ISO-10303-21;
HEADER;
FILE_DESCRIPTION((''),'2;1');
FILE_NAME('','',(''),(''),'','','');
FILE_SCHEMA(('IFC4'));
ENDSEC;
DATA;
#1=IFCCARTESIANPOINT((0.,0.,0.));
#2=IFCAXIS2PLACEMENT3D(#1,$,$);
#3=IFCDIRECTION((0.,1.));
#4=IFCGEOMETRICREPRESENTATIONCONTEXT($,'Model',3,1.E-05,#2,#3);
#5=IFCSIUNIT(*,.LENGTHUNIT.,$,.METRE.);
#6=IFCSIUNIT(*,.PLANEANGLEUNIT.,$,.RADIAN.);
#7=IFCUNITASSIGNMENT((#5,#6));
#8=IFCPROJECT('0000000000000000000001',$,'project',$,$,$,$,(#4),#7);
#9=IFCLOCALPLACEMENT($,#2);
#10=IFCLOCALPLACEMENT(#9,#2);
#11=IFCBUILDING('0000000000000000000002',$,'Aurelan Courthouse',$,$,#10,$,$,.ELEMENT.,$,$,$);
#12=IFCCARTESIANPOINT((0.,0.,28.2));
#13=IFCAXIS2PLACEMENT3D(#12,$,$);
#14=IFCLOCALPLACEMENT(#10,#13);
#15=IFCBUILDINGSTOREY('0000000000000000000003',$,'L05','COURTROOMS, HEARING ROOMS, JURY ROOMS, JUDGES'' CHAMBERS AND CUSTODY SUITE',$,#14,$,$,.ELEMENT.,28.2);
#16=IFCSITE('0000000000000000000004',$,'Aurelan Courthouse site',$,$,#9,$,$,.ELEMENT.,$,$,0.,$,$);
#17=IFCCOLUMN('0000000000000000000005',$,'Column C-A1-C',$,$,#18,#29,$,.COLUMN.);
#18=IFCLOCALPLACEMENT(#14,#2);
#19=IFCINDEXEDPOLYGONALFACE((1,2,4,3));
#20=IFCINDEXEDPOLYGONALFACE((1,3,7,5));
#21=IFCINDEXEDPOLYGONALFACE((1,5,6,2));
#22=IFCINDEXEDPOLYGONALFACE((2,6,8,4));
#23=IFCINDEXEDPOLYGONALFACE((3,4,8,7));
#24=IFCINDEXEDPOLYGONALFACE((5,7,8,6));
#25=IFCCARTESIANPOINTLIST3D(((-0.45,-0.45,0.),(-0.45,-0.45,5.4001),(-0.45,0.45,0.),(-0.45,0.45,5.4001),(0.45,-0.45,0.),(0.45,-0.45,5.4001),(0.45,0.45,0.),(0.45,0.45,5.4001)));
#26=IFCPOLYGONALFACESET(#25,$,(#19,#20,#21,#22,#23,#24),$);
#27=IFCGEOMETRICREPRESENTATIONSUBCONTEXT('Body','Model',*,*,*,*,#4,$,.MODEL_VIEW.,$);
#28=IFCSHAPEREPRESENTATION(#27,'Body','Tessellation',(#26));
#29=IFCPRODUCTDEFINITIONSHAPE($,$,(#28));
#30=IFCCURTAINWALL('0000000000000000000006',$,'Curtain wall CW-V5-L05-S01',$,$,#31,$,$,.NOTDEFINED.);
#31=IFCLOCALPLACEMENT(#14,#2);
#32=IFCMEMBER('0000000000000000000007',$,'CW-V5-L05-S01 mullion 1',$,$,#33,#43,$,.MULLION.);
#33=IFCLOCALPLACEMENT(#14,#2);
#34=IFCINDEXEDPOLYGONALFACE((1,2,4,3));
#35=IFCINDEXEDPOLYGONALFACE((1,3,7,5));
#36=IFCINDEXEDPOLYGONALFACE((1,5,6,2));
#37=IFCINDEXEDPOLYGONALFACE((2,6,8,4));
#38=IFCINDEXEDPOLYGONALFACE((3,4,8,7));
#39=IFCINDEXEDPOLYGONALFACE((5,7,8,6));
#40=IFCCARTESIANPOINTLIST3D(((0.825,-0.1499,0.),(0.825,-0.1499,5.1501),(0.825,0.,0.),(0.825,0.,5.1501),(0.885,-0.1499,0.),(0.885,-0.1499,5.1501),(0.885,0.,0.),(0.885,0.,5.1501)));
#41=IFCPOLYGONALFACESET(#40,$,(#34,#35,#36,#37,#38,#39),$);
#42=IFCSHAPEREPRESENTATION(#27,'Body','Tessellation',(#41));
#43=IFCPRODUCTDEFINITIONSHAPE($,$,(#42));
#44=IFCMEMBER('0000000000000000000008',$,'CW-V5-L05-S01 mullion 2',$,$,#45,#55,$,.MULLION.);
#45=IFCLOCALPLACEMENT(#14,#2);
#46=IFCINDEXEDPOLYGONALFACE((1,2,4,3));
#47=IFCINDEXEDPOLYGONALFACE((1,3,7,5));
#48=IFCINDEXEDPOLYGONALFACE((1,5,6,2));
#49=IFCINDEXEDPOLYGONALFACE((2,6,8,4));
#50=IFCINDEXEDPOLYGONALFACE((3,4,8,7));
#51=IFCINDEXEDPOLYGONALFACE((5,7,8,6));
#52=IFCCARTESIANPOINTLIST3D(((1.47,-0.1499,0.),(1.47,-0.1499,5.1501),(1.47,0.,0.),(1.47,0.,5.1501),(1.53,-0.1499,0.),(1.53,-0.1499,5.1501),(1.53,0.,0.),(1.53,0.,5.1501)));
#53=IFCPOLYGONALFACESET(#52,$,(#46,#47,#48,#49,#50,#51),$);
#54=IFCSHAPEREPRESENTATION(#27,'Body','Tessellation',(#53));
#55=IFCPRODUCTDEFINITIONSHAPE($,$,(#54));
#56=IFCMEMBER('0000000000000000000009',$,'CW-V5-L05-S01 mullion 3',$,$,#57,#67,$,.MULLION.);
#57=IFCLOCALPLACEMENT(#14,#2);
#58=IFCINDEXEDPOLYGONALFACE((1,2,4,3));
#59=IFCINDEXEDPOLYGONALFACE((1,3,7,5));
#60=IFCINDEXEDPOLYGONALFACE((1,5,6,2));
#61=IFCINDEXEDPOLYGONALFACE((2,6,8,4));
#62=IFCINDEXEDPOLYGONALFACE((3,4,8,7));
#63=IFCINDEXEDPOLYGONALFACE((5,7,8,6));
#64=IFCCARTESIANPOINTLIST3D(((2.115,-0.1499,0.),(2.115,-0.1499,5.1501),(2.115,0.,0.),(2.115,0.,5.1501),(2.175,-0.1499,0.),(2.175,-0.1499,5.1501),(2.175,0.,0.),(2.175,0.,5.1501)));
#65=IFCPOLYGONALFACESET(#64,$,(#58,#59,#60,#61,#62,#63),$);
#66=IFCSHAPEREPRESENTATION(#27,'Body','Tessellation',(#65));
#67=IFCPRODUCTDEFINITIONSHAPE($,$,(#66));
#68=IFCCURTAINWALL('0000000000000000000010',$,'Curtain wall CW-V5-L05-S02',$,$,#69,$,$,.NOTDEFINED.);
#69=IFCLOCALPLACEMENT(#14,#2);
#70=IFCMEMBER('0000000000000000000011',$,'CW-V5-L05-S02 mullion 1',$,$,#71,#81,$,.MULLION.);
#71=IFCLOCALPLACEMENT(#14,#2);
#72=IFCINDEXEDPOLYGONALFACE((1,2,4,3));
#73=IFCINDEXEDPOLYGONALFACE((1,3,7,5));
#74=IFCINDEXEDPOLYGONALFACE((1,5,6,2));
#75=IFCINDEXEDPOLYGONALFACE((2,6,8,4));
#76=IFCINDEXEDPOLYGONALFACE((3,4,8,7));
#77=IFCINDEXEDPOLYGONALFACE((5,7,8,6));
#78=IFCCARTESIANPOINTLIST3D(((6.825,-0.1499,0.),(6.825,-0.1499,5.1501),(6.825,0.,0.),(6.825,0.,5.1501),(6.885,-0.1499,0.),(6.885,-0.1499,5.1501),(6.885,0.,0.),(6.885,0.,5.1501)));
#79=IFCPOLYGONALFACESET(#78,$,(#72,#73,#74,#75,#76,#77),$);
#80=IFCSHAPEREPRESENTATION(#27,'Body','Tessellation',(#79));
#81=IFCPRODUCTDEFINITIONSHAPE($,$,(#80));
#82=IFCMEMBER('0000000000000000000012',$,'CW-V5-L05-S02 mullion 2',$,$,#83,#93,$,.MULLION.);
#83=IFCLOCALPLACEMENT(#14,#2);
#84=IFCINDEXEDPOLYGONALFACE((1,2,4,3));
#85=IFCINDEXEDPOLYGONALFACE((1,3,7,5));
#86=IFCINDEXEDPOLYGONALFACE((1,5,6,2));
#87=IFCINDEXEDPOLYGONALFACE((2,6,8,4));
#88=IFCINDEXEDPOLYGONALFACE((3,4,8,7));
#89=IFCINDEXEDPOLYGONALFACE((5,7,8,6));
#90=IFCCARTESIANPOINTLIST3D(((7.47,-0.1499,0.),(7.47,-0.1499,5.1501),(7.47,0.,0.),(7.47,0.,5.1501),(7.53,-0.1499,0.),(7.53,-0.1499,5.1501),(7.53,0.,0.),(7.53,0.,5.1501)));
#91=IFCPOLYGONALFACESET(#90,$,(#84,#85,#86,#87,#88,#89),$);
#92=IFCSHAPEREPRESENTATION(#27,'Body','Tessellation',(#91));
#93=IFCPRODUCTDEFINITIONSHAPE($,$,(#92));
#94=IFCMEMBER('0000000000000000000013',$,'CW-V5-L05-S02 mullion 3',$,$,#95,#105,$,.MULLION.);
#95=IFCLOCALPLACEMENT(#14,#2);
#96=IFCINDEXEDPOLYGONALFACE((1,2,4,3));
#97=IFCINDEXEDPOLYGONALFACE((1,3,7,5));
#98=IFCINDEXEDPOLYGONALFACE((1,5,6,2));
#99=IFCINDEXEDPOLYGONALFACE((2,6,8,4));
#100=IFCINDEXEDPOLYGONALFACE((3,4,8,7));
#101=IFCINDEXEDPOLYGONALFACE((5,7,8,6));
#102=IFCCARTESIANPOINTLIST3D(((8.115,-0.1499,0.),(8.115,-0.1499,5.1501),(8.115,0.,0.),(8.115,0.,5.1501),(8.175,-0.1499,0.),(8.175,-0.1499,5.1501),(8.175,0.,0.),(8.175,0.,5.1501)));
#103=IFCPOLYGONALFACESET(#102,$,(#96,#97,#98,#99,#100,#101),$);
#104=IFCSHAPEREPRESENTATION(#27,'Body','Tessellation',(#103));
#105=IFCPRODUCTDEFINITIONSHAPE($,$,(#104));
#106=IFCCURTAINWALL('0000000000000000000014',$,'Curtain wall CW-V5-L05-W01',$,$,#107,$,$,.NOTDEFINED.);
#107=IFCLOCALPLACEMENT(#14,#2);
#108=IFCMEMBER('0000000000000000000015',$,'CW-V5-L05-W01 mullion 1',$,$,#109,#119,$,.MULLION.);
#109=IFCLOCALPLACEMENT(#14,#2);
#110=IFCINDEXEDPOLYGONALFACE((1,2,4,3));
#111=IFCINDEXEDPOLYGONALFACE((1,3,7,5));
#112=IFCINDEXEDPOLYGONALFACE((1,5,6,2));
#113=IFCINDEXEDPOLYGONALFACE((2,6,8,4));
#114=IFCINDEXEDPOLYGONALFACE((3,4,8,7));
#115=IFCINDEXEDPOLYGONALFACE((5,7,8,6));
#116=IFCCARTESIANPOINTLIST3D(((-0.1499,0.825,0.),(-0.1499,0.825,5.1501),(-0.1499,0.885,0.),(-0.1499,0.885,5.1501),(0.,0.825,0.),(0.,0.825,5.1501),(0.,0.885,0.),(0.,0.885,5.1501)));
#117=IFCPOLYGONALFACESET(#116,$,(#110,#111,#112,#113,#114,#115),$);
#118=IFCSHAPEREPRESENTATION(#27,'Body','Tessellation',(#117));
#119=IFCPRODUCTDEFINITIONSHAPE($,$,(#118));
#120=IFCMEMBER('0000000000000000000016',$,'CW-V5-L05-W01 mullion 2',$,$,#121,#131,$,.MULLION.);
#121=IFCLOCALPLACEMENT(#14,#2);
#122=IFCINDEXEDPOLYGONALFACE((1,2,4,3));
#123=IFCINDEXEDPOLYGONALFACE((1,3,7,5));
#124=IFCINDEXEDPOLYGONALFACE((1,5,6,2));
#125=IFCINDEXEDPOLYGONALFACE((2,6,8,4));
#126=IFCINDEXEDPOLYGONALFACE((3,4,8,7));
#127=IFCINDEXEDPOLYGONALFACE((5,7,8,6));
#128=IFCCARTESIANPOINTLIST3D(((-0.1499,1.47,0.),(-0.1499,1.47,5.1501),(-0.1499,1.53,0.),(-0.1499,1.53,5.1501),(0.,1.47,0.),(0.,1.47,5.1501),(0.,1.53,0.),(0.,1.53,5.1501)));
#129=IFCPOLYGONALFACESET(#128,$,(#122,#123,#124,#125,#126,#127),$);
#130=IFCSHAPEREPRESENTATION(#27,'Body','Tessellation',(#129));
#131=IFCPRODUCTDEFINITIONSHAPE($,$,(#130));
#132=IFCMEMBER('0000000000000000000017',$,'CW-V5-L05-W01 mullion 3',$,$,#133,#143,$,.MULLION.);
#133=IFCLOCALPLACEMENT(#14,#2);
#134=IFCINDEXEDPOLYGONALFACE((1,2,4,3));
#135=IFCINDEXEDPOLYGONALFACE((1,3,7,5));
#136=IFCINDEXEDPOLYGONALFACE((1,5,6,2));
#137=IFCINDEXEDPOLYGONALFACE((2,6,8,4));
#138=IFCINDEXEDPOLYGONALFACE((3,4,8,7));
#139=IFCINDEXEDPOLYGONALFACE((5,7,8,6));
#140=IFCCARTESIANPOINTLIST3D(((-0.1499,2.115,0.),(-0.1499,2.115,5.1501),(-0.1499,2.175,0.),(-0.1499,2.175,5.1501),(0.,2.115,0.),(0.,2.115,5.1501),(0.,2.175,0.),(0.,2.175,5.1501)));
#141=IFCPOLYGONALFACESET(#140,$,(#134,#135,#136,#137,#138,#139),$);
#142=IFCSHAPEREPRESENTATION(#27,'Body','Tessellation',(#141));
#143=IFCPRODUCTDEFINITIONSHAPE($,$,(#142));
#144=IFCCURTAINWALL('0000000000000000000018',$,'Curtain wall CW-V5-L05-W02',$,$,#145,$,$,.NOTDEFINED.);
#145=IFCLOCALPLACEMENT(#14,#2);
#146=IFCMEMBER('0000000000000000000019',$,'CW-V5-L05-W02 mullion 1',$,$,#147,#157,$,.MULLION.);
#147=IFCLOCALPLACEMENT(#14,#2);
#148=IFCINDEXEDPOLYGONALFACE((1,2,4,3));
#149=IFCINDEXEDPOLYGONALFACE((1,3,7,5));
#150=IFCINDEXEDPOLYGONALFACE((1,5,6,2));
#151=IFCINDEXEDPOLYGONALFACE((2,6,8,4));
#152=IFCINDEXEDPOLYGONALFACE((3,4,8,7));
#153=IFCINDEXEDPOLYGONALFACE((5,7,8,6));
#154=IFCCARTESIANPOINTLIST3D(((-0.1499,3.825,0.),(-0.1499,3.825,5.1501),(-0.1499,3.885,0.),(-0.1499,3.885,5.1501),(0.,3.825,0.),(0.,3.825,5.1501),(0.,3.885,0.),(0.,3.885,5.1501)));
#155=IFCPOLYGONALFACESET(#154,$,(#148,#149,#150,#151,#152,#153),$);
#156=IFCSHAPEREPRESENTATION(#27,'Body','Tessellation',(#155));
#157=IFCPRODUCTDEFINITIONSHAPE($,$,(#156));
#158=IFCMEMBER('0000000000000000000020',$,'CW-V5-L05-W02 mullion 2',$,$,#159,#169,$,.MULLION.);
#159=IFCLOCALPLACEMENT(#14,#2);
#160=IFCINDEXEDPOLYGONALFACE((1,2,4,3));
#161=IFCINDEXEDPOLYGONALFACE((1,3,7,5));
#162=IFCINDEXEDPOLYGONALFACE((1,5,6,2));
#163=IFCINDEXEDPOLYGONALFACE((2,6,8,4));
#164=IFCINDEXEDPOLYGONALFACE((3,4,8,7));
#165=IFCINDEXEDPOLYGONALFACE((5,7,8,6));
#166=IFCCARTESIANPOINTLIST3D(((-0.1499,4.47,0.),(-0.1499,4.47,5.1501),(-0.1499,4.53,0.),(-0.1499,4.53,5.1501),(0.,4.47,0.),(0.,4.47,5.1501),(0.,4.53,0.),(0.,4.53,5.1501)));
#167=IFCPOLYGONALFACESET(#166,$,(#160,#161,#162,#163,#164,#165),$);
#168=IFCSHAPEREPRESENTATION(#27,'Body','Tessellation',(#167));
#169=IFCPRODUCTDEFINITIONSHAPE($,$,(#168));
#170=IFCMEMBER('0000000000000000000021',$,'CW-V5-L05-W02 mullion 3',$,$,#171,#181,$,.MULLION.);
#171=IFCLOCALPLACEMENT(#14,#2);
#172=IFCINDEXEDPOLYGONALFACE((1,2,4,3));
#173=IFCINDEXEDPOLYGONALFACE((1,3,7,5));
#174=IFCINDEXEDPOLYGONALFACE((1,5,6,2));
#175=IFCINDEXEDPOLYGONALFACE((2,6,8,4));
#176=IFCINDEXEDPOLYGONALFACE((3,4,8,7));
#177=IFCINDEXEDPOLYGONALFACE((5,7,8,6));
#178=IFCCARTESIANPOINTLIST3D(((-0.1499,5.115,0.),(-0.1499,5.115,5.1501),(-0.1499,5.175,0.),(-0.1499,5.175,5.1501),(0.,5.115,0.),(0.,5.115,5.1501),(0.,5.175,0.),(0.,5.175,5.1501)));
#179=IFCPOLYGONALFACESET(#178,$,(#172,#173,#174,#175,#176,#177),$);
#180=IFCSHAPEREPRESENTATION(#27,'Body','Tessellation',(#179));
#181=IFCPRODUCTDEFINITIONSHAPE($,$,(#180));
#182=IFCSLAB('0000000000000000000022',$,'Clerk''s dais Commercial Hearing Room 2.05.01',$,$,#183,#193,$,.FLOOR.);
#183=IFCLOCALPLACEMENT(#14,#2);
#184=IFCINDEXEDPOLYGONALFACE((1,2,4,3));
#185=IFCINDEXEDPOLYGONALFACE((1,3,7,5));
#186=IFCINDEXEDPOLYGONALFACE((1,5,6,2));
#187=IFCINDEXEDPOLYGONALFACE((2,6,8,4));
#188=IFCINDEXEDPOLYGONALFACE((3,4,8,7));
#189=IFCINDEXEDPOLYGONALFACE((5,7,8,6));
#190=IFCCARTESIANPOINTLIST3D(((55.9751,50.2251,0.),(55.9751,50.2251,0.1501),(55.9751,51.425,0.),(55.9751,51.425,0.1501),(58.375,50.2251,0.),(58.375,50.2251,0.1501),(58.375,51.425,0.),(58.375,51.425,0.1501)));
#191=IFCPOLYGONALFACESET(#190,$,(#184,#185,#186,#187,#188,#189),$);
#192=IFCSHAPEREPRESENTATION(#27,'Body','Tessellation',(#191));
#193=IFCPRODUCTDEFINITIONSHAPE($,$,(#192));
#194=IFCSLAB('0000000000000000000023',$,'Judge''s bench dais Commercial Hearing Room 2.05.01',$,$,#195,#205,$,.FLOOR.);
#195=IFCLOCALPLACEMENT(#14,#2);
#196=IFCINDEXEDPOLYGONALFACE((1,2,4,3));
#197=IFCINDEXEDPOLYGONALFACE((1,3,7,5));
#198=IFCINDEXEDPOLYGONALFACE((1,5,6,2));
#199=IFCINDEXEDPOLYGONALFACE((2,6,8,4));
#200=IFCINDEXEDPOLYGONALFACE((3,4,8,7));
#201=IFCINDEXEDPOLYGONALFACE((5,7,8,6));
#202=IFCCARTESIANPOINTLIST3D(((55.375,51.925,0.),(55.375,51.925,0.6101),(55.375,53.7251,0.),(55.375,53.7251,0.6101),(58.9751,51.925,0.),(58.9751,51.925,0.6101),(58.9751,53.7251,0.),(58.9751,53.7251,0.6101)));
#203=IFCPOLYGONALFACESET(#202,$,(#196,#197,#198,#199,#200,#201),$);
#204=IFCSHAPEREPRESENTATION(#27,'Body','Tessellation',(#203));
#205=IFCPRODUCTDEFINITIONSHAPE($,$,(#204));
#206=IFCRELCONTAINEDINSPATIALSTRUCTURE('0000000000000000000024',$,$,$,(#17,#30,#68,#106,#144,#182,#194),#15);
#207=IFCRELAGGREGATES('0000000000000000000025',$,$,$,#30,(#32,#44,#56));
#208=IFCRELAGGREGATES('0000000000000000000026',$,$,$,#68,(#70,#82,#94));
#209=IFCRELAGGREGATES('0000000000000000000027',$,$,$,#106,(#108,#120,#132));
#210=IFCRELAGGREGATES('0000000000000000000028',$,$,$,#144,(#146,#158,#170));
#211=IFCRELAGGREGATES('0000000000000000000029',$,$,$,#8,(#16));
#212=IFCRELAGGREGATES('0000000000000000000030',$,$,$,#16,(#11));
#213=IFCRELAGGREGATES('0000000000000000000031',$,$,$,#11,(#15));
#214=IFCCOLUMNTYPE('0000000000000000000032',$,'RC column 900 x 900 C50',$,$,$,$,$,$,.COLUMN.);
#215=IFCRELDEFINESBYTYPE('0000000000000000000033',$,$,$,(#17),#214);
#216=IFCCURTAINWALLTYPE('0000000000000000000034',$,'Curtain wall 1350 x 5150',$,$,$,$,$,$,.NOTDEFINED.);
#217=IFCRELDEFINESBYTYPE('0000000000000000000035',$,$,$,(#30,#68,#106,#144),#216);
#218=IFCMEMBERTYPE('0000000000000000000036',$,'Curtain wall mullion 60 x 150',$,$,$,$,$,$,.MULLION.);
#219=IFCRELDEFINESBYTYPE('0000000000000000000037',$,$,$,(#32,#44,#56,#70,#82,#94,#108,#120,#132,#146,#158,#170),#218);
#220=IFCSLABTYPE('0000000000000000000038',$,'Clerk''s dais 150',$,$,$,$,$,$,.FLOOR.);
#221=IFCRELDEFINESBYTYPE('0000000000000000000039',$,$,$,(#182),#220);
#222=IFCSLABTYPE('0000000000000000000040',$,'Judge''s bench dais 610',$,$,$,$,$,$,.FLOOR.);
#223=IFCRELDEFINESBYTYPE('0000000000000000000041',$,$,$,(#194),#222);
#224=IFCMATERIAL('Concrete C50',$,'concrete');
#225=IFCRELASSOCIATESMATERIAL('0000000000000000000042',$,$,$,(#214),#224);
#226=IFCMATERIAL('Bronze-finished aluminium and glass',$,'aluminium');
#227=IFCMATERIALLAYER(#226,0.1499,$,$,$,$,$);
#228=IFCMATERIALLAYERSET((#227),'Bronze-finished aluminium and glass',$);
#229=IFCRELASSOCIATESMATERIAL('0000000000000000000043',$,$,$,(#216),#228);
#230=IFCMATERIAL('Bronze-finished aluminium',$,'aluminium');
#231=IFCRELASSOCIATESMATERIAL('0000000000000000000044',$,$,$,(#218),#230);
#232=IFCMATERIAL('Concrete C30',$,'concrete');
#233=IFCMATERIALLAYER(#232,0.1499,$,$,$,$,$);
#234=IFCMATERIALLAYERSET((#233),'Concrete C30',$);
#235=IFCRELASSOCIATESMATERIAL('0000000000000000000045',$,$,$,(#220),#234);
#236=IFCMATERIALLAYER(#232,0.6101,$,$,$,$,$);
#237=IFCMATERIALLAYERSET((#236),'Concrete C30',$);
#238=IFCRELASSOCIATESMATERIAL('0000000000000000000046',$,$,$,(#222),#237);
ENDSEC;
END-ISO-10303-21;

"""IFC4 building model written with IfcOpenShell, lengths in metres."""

from ifc_helpers import new_model, si_unit, direction, frame, origin, origin_with_axes, origin_2d, place, context, subcontext, project, spatial, polyline, rectangle, outline, extrude, material, layer, layer_set, material_profile, profile_set, type_object, element, aggregate, save


model = new_model("IFC4")

# Units and contexts
model_context = context("Model", 3, precision=1e-05, world=origin(), true_north=direction((0.0, 1.0)))
body_context = subcontext(model_context, "Body", "Model", "MODEL_VIEW")
ifc_project = project(units=[si_unit("LENGTHUNIT", "METRE"), si_unit("PLANEANGLEUNIT", "RADIAN")], contexts=[model_context])

# Site, building, storey
site_placement = place(None, origin())
site = spatial("IfcSite", under=ifc_project, at=site_placement, Name="Aurelan Courthouse site", CompositionType="ELEMENT", RefElevation=0.0)
building_placement = place(site_placement, origin())
building = spatial("IfcBuilding", under=site, at=building_placement, Name="Aurelan Courthouse", CompositionType="ELEMENT")
storey_placement = place(building_placement, frame((0.0, 0.0, 28.2)))
storey = spatial("IfcBuildingStorey", under=building, at=storey_placement, Name="L05", Description="COURTROOMS, HEARING ROOMS, JURY ROOMS, JUDGES' CHAMBERS AND CUSTODY SUITE", CompositionType="ELEMENT", Elevation=28.2)

# Column
ifc_material_1 = material(Name="Concrete C50", Category="concrete")
ifc_material_profile_1 = material_profile(ifc_material_1, rectangle(XDim=0.8999, YDim=0.8999, at=origin_2d()), Name="RC 900 x 900")
ifc_profile_set_1 = profile_set([ifc_material_profile_1], Name="Concrete C50")
column_type = type_object("IfcColumnType", Name="RC column 900 x 900 C50", PredefinedType="COLUMN", material=ifc_profile_set_1)
column_placement = place(storey_placement, origin_with_axes())
element("IfcColumn", 1, at=column_placement, inside=storey, type_object=column_type, Name="Column C-A1-C", PredefinedType="COLUMN", context=body_context, shape_type="SweptSolid", body=[
    extrude(rectangle(XDim=0.8999, YDim=0.8999, at=origin_2d()), origin(), (0.0, 0.0, 1.0), 5.4001),
])

# Curtain walls, members
ifc_material_2 = material(Name="Bronze-finished aluminium and glass", Category="aluminium")
ifc_layer_1 = layer(ifc_material_2, 0.1499)
ifc_layer_set_1 = layer_set([ifc_layer_1], Name="Bronze-finished aluminium and glass")
curtain_wall_type = type_object("IfcCurtainWallType", Name="Curtain wall 1350 x 5150", PredefinedType="NOTDEFINED", material=ifc_layer_set_1)
curtain_wall_1_placement = place(storey_placement, origin())
curtain_wall_1 = element("IfcCurtainWall", 2, at=curtain_wall_1_placement, inside=storey, type_object=curtain_wall_type, Name="Curtain wall CW-V5-L05-S01", PredefinedType="NOTDEFINED")
ifc_material_3 = material(Name="Bronze-finished aluminium", Category="aluminium")
ifc_material_profile_2 = material_profile(ifc_material_3, rectangle(XDim=0.1499, YDim=0.0601, at=origin_2d()), Name="Bronze mullion 60 x 150")
ifc_profile_set_2 = profile_set([ifc_material_profile_2], Name="Bronze-finished aluminium")
member_type = type_object("IfcMemberType", Name="Curtain wall mullion 60 x 150", PredefinedType="MULLION", material=ifc_profile_set_2)
member_1_placement = place(storey_placement, frame((0.855, -0.075, 0.0), z_axis=(0.0, 0.0, 1.0), x_axis=(0.0, 1.0, 0.0)))
member_1 = element("IfcMember", 3, at=member_1_placement, type_object=member_type, Name="CW-V5-L05-S01 mullion 1", PredefinedType="MULLION", context=body_context, shape_type="SweptSolid", body=[
    extrude(rectangle(XDim=0.1499, YDim=0.0601, at=origin_2d()), origin(), (0.0, 0.0, 1.0), 5.1501),
])
member_2_placement = place(storey_placement, frame((1.5, -0.075, 0.0), z_axis=(0.0, 0.0, 1.0), x_axis=(0.0, 1.0, 0.0)))
member_2 = element("IfcMember", 4, at=member_2_placement, type_object=member_type, Name="CW-V5-L05-S01 mullion 2", PredefinedType="MULLION", context=body_context, shape_type="SweptSolid", body=[
    extrude(rectangle(XDim=0.1499, YDim=0.0601, at=origin_2d()), origin(), (0.0, 0.0, 1.0), 5.1501),
])
member_3_placement = place(storey_placement, frame((2.145, -0.075, 0.0), z_axis=(0.0, 0.0, 1.0), x_axis=(0.0, 1.0, 0.0)))
member_3 = element("IfcMember", 5, at=member_3_placement, type_object=member_type, Name="CW-V5-L05-S01 mullion 3", PredefinedType="MULLION", context=body_context, shape_type="SweptSolid", body=[
    extrude(rectangle(XDim=0.1499, YDim=0.0601, at=origin_2d()), origin(), (0.0, 0.0, 1.0), 5.1501),
])
aggregate(curtain_wall_1, [member_1, member_2, member_3])
curtain_wall_2_placement = place(storey_placement, origin())
curtain_wall_2 = element("IfcCurtainWall", 6, at=curtain_wall_2_placement, inside=storey, type_object=curtain_wall_type, Name="Curtain wall CW-V5-L05-S02", PredefinedType="NOTDEFINED")
member_4_placement = place(storey_placement, frame((6.855, -0.075, 0.0), z_axis=(0.0, 0.0, 1.0), x_axis=(0.0, 1.0, 0.0)))
member_4 = element("IfcMember", 7, at=member_4_placement, type_object=member_type, Name="CW-V5-L05-S02 mullion 1", PredefinedType="MULLION", context=body_context, shape_type="SweptSolid", body=[
    extrude(rectangle(XDim=0.1499, YDim=0.0601, at=origin_2d()), origin(), (0.0, 0.0, 1.0), 5.1501),
])
member_5_placement = place(storey_placement, frame((7.5, -0.075, 0.0), z_axis=(0.0, 0.0, 1.0), x_axis=(0.0, 1.0, 0.0)))
member_5 = element("IfcMember", 8, at=member_5_placement, type_object=member_type, Name="CW-V5-L05-S02 mullion 2", PredefinedType="MULLION", context=body_context, shape_type="SweptSolid", body=[
    extrude(rectangle(XDim=0.1499, YDim=0.0601, at=origin_2d()), origin(), (0.0, 0.0, 1.0), 5.1501),
])
member_6_placement = place(storey_placement, frame((8.145, -0.075, 0.0), z_axis=(0.0, 0.0, 1.0), x_axis=(0.0, 1.0, 0.0)))
member_6 = element("IfcMember", 9, at=member_6_placement, type_object=member_type, Name="CW-V5-L05-S02 mullion 3", PredefinedType="MULLION", context=body_context, shape_type="SweptSolid", body=[
    extrude(rectangle(XDim=0.1499, YDim=0.0601, at=origin_2d()), origin(), (0.0, 0.0, 1.0), 5.1501),
])
aggregate(curtain_wall_2, [member_4, member_5, member_6])
curtain_wall_3_placement = place(storey_placement, origin())
curtain_wall_3 = element("IfcCurtainWall", 10, at=curtain_wall_3_placement, inside=storey, type_object=curtain_wall_type, Name="Curtain wall CW-V5-L05-W01", PredefinedType="NOTDEFINED")
member_7_placement = place(storey_placement, frame((-0.075, 0.855, 0.0), z_axis=(0.0, 0.0, 1.0), x_axis=(-1.0, 0.0, 0.0)))
member_7 = element("IfcMember", 11, at=member_7_placement, type_object=member_type, Name="CW-V5-L05-W01 mullion 1", PredefinedType="MULLION", context=body_context, shape_type="SweptSolid", body=[
    extrude(rectangle(XDim=0.1499, YDim=0.0601, at=origin_2d()), origin(), (0.0, 0.0, 1.0), 5.1501),
])
member_8_placement = place(storey_placement, frame((-0.075, 1.5, 0.0), z_axis=(0.0, 0.0, 1.0), x_axis=(-1.0, 0.0, 0.0)))
member_8 = element("IfcMember", 12, at=member_8_placement, type_object=member_type, Name="CW-V5-L05-W01 mullion 2", PredefinedType="MULLION", context=body_context, shape_type="SweptSolid", body=[
    extrude(rectangle(XDim=0.1499, YDim=0.0601, at=origin_2d()), origin(), (0.0, 0.0, 1.0), 5.1501),
])
member_9_placement = place(storey_placement, frame((-0.075, 2.145, 0.0), z_axis=(0.0, 0.0, 1.0), x_axis=(-1.0, 0.0, 0.0)))
member_9 = element("IfcMember", 13, at=member_9_placement, type_object=member_type, Name="CW-V5-L05-W01 mullion 3", PredefinedType="MULLION", context=body_context, shape_type="SweptSolid", body=[
    extrude(rectangle(XDim=0.1499, YDim=0.0601, at=origin_2d()), origin(), (0.0, 0.0, 1.0), 5.1501),
])
aggregate(curtain_wall_3, [member_7, member_8, member_9])
curtain_wall_4_placement = place(storey_placement, origin())
curtain_wall_4 = element("IfcCurtainWall", 14, at=curtain_wall_4_placement, inside=storey, type_object=curtain_wall_type, Name="Curtain wall CW-V5-L05-W02", PredefinedType="NOTDEFINED")
member_10_placement = place(storey_placement, frame((-0.075, 3.855, 0.0), z_axis=(0.0, 0.0, 1.0), x_axis=(-1.0, 0.0, 0.0)))
member_10 = element("IfcMember", 15, at=member_10_placement, type_object=member_type, Name="CW-V5-L05-W02 mullion 1", PredefinedType="MULLION", context=body_context, shape_type="SweptSolid", body=[
    extrude(rectangle(XDim=0.1499, YDim=0.0601, at=origin_2d()), origin(), (0.0, 0.0, 1.0), 5.1501),
])
member_11_placement = place(storey_placement, frame((-0.075, 4.5, 0.0), z_axis=(0.0, 0.0, 1.0), x_axis=(-1.0, 0.0, 0.0)))
member_11 = element("IfcMember", 16, at=member_11_placement, type_object=member_type, Name="CW-V5-L05-W02 mullion 2", PredefinedType="MULLION", context=body_context, shape_type="SweptSolid", body=[
    extrude(rectangle(XDim=0.1499, YDim=0.0601, at=origin_2d()), origin(), (0.0, 0.0, 1.0), 5.1501),
])
member_12_placement = place(storey_placement, frame((-0.075, 5.145, 0.0), z_axis=(0.0, 0.0, 1.0), x_axis=(-1.0, 0.0, 0.0)))
member_12 = element("IfcMember", 17, at=member_12_placement, type_object=member_type, Name="CW-V5-L05-W02 mullion 3", PredefinedType="MULLION", context=body_context, shape_type="SweptSolid", body=[
    extrude(rectangle(XDim=0.1499, YDim=0.0601, at=origin_2d()), origin(), (0.0, 0.0, 1.0), 5.1501),
])
aggregate(curtain_wall_4, [member_10, member_11, member_12])

# Slabs
ifc_material_4 = material(Name="Concrete C30", Category="concrete")
ifc_layer_2 = layer(ifc_material_4, 0.1499)
ifc_layer_set_2 = layer_set([ifc_layer_2], Name="Concrete C30")
slab_type_1 = type_object("IfcSlabType", Name="Clerk's dais 150", PredefinedType="FLOOR", material=ifc_layer_set_2)
slab_1_placement = place(storey_placement, origin())
element("IfcSlab", 18, at=slab_1_placement, inside=storey, type_object=slab_type_1, Name="Clerk's dais Commercial Hearing Room 2.05.01", PredefinedType="FLOOR", context=body_context, shape_type="SweptSolid", body=[
    extrude(outline(polyline([(55.9751, 50.2251), (58.375, 50.2251), (58.375, 51.425), (55.9751, 51.425), (55.9751, 50.2251)])), origin(), (0.0, 0.0, 1.0), 0.1501),
])
ifc_layer_3 = layer(ifc_material_4, 0.6101)
ifc_layer_set_3 = layer_set([ifc_layer_3], Name="Concrete C30")
slab_type_2 = type_object("IfcSlabType", Name="Judge's bench dais 610", PredefinedType="FLOOR", material=ifc_layer_set_3)
slab_2_placement = place(storey_placement, origin())
element("IfcSlab", 19, at=slab_2_placement, inside=storey, type_object=slab_type_2, Name="Judge's bench dais Commercial Hearing Room 2.05.01", PredefinedType="FLOOR", context=body_context, shape_type="SweptSolid", body=[
    extrude(outline(polyline([(55.375, 51.925), (58.9751, 51.925), (58.9751, 53.7251), (55.375, 53.7251), (55.375, 51.925)])), origin(), (0.0, 0.0, 1.0), 0.6101),
])

save(model, "model.ifc")
